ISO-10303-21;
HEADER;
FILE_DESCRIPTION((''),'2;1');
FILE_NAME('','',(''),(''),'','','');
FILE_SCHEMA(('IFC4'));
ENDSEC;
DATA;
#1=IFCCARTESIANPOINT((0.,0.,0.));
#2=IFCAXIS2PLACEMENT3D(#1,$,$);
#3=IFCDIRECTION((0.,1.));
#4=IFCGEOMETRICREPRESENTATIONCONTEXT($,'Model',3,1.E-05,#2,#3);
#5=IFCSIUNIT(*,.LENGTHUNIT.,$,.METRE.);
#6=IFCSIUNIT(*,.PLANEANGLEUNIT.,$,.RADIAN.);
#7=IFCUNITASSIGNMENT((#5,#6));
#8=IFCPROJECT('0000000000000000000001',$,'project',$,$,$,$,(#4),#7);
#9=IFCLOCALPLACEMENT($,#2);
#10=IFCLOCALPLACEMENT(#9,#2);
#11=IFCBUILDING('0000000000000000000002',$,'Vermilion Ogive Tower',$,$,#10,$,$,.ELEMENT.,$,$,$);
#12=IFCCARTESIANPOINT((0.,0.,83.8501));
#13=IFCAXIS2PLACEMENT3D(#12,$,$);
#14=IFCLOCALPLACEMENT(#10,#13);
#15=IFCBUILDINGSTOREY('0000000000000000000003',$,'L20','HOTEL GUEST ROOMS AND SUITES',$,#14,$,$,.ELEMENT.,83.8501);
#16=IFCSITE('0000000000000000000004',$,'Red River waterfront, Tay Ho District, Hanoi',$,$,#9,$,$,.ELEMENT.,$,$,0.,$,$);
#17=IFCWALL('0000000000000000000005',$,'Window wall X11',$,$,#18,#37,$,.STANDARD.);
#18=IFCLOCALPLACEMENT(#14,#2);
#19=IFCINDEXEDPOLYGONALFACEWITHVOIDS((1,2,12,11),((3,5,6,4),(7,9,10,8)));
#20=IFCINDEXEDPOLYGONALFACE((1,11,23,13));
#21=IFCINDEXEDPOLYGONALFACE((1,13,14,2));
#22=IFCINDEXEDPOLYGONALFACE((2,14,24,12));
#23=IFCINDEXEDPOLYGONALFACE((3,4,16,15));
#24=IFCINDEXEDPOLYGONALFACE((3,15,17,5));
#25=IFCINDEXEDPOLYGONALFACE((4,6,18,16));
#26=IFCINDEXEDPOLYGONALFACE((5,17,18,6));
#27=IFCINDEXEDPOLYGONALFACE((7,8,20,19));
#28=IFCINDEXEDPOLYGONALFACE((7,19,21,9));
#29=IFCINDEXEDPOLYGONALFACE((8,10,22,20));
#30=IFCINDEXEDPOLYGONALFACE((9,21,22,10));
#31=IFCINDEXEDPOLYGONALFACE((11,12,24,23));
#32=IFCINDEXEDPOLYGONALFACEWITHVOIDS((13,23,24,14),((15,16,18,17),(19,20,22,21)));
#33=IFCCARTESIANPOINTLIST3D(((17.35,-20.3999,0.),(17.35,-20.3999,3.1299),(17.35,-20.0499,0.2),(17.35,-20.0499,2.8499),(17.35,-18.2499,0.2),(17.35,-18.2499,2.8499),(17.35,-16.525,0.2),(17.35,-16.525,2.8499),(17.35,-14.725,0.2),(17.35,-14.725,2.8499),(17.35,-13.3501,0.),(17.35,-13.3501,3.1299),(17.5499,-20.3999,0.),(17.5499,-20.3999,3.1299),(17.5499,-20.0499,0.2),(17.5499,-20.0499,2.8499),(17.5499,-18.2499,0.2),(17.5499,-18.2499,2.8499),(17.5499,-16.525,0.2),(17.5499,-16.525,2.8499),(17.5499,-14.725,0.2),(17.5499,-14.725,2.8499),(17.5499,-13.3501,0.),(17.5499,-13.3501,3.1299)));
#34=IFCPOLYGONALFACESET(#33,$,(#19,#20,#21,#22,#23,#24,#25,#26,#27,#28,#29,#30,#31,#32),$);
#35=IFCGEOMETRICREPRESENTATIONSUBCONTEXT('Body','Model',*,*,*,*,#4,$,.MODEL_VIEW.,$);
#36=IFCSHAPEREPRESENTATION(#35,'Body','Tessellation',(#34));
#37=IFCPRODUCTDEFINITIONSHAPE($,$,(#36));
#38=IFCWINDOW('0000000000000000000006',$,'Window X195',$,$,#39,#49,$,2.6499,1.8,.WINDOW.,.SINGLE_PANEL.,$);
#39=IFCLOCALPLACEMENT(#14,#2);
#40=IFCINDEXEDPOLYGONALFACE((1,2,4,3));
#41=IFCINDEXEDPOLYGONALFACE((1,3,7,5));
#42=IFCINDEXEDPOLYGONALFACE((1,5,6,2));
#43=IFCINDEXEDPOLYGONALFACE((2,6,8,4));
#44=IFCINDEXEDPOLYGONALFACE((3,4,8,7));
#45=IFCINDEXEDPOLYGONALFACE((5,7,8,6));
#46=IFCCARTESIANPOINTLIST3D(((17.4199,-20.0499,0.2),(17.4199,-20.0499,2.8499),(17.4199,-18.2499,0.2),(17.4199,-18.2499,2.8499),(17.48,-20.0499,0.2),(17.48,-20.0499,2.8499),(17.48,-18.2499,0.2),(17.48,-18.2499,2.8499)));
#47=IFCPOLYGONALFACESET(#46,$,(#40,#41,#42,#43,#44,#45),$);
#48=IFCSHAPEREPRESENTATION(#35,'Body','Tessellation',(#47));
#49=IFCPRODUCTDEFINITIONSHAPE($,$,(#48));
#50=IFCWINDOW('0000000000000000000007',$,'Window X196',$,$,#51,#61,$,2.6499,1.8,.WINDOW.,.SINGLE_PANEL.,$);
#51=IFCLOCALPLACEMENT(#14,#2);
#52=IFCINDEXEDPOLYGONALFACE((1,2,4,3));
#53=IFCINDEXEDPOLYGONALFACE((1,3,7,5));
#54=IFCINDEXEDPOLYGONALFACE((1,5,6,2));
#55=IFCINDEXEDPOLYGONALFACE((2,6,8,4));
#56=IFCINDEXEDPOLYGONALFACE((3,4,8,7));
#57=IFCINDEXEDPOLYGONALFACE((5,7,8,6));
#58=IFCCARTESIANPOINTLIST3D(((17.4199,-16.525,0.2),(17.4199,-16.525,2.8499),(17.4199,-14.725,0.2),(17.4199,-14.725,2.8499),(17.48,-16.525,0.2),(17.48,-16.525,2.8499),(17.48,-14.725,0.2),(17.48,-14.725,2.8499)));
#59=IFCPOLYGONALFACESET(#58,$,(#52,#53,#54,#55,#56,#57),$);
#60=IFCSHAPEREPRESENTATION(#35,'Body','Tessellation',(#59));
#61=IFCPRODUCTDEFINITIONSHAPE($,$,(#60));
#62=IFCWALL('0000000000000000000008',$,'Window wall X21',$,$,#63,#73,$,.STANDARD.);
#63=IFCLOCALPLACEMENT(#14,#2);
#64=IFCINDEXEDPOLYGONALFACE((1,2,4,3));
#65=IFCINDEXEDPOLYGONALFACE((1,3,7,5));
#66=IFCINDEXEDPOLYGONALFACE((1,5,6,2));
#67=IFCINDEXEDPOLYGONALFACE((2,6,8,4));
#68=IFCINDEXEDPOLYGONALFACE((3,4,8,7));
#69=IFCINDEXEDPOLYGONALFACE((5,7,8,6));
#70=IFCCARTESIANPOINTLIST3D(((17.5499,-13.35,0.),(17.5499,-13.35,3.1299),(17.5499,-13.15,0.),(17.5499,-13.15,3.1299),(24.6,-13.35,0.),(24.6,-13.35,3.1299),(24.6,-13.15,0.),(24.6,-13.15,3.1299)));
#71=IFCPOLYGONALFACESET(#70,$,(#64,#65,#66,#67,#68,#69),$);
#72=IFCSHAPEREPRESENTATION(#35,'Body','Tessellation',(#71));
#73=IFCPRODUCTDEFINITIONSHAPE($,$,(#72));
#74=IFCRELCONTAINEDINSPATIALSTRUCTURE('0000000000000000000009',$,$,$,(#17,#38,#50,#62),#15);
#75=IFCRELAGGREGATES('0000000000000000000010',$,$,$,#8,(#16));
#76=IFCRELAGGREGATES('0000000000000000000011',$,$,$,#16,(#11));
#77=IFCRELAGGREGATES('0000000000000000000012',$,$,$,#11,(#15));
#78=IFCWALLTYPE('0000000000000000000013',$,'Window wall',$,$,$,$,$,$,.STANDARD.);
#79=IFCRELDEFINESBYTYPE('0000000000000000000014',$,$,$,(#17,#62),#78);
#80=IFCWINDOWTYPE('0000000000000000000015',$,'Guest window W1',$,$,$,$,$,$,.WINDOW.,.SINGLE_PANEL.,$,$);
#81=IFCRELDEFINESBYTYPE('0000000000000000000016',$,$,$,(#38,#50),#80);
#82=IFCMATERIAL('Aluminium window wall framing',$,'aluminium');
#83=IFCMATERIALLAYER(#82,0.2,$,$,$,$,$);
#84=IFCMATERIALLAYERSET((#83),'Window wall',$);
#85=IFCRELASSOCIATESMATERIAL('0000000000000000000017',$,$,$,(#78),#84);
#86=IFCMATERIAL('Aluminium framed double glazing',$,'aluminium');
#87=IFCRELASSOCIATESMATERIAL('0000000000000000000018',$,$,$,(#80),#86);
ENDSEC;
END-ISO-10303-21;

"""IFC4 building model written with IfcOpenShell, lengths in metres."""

from ifc_helpers import new_model, si_unit, direction, frame, frame_2d, origin, place, context, subcontext, project, spatial, rectangle, extrude, material, layer, layer_set, type_object, element, fill, save


model = new_model("IFC4")

# Units and contexts
model_context = context("Model", 3, precision=1e-05, world=origin(), true_north=direction((0.0, 1.0)))
body_context = subcontext(model_context, "Body", "Model", "MODEL_VIEW")
ifc_project = project(units=[si_unit("LENGTHUNIT", "METRE"), si_unit("PLANEANGLEUNIT", "RADIAN")], contexts=[model_context])

# Site, building, storey
site_placement = place(None, origin())
site = spatial("IfcSite", under=ifc_project, at=site_placement, Name="Red River waterfront, Tay Ho District, Hanoi", CompositionType="ELEMENT", RefElevation=0.0)
building_placement = place(site_placement, origin())
building = spatial("IfcBuilding", under=site, at=building_placement, Name="Vermilion Ogive Tower", CompositionType="ELEMENT")
storey_placement = place(building_placement, frame((0.0, 0.0, 83.8501)))
storey = spatial("IfcBuildingStorey", under=building, at=storey_placement, Name="L20", Description="HOTEL GUEST ROOMS AND SUITES", CompositionType="ELEMENT", Elevation=83.8501)

# Wall, openings, windows
ifc_material_1 = material(Name="Aluminium window wall framing", Category="aluminium")
ifc_layer_1 = layer(ifc_material_1, 0.2)
ifc_layer_set_1 = layer_set([ifc_layer_1], Name="Window wall")
wall_type_1 = type_object("IfcWallType", Name="Window wall", PredefinedType="STANDARD", material=ifc_layer_set_1)
wall_1_placement = place(storey_placement, frame((17.45, -20.3999, 0.0), z_axis=(0.0, 0.0, 1.0), x_axis=(0.0, 1.0, 0.0)))
wall_1 = element("IfcWall", 1, at=wall_1_placement, inside=storey, type_object=wall_type_1, Name="Window wall X11", PredefinedType="STANDARD", context=body_context, shape_type="SweptSolid", body=[
    extrude(rectangle(XDim=7.0498, YDim=0.2, at=frame_2d((3.5249, 0.0))), origin(), (0.0, 0.0, 1.0), 3.1299),
])
opening_1_placement = place(wall_1_placement, frame((0.3501, 0.0, 0.2)))
opening_1 = element("IfcOpeningElement", 2, at=opening_1_placement, cuts=wall_1, PredefinedType="OPENING", context=body_context, shape_type="SweptSolid", body=[
    extrude(rectangle(XDim=1.8, YDim=2.6499, at=frame_2d((0.8999, 1.325))), frame((0.0, 0.1099, 0.0), z_axis=(0.0, -1.0, 0.0), x_axis=(1.0, 0.0, 0.0)), (0.0, 0.0, 1.0), 0.22),
])
opening_2_placement = place(wall_1_placement, frame((3.875, 0.0, 0.2)))
opening_2 = element("IfcOpeningElement", 3, at=opening_2_placement, cuts=wall_1, PredefinedType="OPENING", context=body_context, shape_type="SweptSolid", body=[
    extrude(rectangle(XDim=1.8, YDim=2.6499, at=frame_2d((0.8999, 1.325))), frame((0.0, 0.1099, 0.0), z_axis=(0.0, -1.0, 0.0), x_axis=(1.0, 0.0, 0.0)), (0.0, 0.0, 1.0), 0.22),
])
ifc_material_2 = material(Name="Aluminium framed double glazing", Category="aluminium")
window_type = type_object("IfcWindowType", Name="Guest window W1", PartitioningType="SINGLE_PANEL", PredefinedType="WINDOW", material=ifc_material_2)
window_1_placement = place(opening_1_placement, origin())
window_1 = element("IfcWindow", 4, at=window_1_placement, inside=storey, type_object=window_type, Name="Window X195", OverallHeight=2.6499, OverallWidth=1.8, PartitioningType="SINGLE_PANEL", PredefinedType="WINDOW", context=body_context, shape_type="SweptSolid", body=[
    extrude(rectangle(XDim=1.8, YDim=2.6499, at=frame_2d((0.8999, 1.325))), frame((0.0, 0.03, 0.0), z_axis=(0.0, -1.0, 0.0), x_axis=(1.0, 0.0, 0.0)), (0.0, 0.0, 1.0), 0.0601),
])
fill(opening_1, window_1)
window_2_placement = place(opening_2_placement, origin())
window_2 = element("IfcWindow", 5, at=window_2_placement, inside=storey, type_object=window_type, Name="Window X196", OverallHeight=2.6499, OverallWidth=1.8, PartitioningType="SINGLE_PANEL", PredefinedType="WINDOW", context=body_context, shape_type="SweptSolid", body=[
    extrude(rectangle(XDim=1.8, YDim=2.6499, at=frame_2d((0.8999, 1.325))), frame((0.0, 0.03, 0.0), z_axis=(0.0, -1.0, 0.0), x_axis=(1.0, 0.0, 0.0)), (0.0, 0.0, 1.0), 0.0601),
])
fill(opening_2, window_2)

# Wall
wall_2_placement = place(storey_placement, frame((17.55, -13.25, 0.0), z_axis=(0.0, 0.0, 1.0), x_axis=(1.0, 0.0, 0.0)))
element("IfcWall", 6, at=wall_2_placement, inside=storey, type_object=wall_type_1, Name="Window wall X21", PredefinedType="STANDARD", context=body_context, shape_type="SweptSolid", body=[
    extrude(rectangle(XDim=7.05, YDim=0.2, at=frame_2d((3.5249, 0.0))), origin(), (0.0, 0.0, 1.0), 3.1299),
])

save(model, "model.ifc")
